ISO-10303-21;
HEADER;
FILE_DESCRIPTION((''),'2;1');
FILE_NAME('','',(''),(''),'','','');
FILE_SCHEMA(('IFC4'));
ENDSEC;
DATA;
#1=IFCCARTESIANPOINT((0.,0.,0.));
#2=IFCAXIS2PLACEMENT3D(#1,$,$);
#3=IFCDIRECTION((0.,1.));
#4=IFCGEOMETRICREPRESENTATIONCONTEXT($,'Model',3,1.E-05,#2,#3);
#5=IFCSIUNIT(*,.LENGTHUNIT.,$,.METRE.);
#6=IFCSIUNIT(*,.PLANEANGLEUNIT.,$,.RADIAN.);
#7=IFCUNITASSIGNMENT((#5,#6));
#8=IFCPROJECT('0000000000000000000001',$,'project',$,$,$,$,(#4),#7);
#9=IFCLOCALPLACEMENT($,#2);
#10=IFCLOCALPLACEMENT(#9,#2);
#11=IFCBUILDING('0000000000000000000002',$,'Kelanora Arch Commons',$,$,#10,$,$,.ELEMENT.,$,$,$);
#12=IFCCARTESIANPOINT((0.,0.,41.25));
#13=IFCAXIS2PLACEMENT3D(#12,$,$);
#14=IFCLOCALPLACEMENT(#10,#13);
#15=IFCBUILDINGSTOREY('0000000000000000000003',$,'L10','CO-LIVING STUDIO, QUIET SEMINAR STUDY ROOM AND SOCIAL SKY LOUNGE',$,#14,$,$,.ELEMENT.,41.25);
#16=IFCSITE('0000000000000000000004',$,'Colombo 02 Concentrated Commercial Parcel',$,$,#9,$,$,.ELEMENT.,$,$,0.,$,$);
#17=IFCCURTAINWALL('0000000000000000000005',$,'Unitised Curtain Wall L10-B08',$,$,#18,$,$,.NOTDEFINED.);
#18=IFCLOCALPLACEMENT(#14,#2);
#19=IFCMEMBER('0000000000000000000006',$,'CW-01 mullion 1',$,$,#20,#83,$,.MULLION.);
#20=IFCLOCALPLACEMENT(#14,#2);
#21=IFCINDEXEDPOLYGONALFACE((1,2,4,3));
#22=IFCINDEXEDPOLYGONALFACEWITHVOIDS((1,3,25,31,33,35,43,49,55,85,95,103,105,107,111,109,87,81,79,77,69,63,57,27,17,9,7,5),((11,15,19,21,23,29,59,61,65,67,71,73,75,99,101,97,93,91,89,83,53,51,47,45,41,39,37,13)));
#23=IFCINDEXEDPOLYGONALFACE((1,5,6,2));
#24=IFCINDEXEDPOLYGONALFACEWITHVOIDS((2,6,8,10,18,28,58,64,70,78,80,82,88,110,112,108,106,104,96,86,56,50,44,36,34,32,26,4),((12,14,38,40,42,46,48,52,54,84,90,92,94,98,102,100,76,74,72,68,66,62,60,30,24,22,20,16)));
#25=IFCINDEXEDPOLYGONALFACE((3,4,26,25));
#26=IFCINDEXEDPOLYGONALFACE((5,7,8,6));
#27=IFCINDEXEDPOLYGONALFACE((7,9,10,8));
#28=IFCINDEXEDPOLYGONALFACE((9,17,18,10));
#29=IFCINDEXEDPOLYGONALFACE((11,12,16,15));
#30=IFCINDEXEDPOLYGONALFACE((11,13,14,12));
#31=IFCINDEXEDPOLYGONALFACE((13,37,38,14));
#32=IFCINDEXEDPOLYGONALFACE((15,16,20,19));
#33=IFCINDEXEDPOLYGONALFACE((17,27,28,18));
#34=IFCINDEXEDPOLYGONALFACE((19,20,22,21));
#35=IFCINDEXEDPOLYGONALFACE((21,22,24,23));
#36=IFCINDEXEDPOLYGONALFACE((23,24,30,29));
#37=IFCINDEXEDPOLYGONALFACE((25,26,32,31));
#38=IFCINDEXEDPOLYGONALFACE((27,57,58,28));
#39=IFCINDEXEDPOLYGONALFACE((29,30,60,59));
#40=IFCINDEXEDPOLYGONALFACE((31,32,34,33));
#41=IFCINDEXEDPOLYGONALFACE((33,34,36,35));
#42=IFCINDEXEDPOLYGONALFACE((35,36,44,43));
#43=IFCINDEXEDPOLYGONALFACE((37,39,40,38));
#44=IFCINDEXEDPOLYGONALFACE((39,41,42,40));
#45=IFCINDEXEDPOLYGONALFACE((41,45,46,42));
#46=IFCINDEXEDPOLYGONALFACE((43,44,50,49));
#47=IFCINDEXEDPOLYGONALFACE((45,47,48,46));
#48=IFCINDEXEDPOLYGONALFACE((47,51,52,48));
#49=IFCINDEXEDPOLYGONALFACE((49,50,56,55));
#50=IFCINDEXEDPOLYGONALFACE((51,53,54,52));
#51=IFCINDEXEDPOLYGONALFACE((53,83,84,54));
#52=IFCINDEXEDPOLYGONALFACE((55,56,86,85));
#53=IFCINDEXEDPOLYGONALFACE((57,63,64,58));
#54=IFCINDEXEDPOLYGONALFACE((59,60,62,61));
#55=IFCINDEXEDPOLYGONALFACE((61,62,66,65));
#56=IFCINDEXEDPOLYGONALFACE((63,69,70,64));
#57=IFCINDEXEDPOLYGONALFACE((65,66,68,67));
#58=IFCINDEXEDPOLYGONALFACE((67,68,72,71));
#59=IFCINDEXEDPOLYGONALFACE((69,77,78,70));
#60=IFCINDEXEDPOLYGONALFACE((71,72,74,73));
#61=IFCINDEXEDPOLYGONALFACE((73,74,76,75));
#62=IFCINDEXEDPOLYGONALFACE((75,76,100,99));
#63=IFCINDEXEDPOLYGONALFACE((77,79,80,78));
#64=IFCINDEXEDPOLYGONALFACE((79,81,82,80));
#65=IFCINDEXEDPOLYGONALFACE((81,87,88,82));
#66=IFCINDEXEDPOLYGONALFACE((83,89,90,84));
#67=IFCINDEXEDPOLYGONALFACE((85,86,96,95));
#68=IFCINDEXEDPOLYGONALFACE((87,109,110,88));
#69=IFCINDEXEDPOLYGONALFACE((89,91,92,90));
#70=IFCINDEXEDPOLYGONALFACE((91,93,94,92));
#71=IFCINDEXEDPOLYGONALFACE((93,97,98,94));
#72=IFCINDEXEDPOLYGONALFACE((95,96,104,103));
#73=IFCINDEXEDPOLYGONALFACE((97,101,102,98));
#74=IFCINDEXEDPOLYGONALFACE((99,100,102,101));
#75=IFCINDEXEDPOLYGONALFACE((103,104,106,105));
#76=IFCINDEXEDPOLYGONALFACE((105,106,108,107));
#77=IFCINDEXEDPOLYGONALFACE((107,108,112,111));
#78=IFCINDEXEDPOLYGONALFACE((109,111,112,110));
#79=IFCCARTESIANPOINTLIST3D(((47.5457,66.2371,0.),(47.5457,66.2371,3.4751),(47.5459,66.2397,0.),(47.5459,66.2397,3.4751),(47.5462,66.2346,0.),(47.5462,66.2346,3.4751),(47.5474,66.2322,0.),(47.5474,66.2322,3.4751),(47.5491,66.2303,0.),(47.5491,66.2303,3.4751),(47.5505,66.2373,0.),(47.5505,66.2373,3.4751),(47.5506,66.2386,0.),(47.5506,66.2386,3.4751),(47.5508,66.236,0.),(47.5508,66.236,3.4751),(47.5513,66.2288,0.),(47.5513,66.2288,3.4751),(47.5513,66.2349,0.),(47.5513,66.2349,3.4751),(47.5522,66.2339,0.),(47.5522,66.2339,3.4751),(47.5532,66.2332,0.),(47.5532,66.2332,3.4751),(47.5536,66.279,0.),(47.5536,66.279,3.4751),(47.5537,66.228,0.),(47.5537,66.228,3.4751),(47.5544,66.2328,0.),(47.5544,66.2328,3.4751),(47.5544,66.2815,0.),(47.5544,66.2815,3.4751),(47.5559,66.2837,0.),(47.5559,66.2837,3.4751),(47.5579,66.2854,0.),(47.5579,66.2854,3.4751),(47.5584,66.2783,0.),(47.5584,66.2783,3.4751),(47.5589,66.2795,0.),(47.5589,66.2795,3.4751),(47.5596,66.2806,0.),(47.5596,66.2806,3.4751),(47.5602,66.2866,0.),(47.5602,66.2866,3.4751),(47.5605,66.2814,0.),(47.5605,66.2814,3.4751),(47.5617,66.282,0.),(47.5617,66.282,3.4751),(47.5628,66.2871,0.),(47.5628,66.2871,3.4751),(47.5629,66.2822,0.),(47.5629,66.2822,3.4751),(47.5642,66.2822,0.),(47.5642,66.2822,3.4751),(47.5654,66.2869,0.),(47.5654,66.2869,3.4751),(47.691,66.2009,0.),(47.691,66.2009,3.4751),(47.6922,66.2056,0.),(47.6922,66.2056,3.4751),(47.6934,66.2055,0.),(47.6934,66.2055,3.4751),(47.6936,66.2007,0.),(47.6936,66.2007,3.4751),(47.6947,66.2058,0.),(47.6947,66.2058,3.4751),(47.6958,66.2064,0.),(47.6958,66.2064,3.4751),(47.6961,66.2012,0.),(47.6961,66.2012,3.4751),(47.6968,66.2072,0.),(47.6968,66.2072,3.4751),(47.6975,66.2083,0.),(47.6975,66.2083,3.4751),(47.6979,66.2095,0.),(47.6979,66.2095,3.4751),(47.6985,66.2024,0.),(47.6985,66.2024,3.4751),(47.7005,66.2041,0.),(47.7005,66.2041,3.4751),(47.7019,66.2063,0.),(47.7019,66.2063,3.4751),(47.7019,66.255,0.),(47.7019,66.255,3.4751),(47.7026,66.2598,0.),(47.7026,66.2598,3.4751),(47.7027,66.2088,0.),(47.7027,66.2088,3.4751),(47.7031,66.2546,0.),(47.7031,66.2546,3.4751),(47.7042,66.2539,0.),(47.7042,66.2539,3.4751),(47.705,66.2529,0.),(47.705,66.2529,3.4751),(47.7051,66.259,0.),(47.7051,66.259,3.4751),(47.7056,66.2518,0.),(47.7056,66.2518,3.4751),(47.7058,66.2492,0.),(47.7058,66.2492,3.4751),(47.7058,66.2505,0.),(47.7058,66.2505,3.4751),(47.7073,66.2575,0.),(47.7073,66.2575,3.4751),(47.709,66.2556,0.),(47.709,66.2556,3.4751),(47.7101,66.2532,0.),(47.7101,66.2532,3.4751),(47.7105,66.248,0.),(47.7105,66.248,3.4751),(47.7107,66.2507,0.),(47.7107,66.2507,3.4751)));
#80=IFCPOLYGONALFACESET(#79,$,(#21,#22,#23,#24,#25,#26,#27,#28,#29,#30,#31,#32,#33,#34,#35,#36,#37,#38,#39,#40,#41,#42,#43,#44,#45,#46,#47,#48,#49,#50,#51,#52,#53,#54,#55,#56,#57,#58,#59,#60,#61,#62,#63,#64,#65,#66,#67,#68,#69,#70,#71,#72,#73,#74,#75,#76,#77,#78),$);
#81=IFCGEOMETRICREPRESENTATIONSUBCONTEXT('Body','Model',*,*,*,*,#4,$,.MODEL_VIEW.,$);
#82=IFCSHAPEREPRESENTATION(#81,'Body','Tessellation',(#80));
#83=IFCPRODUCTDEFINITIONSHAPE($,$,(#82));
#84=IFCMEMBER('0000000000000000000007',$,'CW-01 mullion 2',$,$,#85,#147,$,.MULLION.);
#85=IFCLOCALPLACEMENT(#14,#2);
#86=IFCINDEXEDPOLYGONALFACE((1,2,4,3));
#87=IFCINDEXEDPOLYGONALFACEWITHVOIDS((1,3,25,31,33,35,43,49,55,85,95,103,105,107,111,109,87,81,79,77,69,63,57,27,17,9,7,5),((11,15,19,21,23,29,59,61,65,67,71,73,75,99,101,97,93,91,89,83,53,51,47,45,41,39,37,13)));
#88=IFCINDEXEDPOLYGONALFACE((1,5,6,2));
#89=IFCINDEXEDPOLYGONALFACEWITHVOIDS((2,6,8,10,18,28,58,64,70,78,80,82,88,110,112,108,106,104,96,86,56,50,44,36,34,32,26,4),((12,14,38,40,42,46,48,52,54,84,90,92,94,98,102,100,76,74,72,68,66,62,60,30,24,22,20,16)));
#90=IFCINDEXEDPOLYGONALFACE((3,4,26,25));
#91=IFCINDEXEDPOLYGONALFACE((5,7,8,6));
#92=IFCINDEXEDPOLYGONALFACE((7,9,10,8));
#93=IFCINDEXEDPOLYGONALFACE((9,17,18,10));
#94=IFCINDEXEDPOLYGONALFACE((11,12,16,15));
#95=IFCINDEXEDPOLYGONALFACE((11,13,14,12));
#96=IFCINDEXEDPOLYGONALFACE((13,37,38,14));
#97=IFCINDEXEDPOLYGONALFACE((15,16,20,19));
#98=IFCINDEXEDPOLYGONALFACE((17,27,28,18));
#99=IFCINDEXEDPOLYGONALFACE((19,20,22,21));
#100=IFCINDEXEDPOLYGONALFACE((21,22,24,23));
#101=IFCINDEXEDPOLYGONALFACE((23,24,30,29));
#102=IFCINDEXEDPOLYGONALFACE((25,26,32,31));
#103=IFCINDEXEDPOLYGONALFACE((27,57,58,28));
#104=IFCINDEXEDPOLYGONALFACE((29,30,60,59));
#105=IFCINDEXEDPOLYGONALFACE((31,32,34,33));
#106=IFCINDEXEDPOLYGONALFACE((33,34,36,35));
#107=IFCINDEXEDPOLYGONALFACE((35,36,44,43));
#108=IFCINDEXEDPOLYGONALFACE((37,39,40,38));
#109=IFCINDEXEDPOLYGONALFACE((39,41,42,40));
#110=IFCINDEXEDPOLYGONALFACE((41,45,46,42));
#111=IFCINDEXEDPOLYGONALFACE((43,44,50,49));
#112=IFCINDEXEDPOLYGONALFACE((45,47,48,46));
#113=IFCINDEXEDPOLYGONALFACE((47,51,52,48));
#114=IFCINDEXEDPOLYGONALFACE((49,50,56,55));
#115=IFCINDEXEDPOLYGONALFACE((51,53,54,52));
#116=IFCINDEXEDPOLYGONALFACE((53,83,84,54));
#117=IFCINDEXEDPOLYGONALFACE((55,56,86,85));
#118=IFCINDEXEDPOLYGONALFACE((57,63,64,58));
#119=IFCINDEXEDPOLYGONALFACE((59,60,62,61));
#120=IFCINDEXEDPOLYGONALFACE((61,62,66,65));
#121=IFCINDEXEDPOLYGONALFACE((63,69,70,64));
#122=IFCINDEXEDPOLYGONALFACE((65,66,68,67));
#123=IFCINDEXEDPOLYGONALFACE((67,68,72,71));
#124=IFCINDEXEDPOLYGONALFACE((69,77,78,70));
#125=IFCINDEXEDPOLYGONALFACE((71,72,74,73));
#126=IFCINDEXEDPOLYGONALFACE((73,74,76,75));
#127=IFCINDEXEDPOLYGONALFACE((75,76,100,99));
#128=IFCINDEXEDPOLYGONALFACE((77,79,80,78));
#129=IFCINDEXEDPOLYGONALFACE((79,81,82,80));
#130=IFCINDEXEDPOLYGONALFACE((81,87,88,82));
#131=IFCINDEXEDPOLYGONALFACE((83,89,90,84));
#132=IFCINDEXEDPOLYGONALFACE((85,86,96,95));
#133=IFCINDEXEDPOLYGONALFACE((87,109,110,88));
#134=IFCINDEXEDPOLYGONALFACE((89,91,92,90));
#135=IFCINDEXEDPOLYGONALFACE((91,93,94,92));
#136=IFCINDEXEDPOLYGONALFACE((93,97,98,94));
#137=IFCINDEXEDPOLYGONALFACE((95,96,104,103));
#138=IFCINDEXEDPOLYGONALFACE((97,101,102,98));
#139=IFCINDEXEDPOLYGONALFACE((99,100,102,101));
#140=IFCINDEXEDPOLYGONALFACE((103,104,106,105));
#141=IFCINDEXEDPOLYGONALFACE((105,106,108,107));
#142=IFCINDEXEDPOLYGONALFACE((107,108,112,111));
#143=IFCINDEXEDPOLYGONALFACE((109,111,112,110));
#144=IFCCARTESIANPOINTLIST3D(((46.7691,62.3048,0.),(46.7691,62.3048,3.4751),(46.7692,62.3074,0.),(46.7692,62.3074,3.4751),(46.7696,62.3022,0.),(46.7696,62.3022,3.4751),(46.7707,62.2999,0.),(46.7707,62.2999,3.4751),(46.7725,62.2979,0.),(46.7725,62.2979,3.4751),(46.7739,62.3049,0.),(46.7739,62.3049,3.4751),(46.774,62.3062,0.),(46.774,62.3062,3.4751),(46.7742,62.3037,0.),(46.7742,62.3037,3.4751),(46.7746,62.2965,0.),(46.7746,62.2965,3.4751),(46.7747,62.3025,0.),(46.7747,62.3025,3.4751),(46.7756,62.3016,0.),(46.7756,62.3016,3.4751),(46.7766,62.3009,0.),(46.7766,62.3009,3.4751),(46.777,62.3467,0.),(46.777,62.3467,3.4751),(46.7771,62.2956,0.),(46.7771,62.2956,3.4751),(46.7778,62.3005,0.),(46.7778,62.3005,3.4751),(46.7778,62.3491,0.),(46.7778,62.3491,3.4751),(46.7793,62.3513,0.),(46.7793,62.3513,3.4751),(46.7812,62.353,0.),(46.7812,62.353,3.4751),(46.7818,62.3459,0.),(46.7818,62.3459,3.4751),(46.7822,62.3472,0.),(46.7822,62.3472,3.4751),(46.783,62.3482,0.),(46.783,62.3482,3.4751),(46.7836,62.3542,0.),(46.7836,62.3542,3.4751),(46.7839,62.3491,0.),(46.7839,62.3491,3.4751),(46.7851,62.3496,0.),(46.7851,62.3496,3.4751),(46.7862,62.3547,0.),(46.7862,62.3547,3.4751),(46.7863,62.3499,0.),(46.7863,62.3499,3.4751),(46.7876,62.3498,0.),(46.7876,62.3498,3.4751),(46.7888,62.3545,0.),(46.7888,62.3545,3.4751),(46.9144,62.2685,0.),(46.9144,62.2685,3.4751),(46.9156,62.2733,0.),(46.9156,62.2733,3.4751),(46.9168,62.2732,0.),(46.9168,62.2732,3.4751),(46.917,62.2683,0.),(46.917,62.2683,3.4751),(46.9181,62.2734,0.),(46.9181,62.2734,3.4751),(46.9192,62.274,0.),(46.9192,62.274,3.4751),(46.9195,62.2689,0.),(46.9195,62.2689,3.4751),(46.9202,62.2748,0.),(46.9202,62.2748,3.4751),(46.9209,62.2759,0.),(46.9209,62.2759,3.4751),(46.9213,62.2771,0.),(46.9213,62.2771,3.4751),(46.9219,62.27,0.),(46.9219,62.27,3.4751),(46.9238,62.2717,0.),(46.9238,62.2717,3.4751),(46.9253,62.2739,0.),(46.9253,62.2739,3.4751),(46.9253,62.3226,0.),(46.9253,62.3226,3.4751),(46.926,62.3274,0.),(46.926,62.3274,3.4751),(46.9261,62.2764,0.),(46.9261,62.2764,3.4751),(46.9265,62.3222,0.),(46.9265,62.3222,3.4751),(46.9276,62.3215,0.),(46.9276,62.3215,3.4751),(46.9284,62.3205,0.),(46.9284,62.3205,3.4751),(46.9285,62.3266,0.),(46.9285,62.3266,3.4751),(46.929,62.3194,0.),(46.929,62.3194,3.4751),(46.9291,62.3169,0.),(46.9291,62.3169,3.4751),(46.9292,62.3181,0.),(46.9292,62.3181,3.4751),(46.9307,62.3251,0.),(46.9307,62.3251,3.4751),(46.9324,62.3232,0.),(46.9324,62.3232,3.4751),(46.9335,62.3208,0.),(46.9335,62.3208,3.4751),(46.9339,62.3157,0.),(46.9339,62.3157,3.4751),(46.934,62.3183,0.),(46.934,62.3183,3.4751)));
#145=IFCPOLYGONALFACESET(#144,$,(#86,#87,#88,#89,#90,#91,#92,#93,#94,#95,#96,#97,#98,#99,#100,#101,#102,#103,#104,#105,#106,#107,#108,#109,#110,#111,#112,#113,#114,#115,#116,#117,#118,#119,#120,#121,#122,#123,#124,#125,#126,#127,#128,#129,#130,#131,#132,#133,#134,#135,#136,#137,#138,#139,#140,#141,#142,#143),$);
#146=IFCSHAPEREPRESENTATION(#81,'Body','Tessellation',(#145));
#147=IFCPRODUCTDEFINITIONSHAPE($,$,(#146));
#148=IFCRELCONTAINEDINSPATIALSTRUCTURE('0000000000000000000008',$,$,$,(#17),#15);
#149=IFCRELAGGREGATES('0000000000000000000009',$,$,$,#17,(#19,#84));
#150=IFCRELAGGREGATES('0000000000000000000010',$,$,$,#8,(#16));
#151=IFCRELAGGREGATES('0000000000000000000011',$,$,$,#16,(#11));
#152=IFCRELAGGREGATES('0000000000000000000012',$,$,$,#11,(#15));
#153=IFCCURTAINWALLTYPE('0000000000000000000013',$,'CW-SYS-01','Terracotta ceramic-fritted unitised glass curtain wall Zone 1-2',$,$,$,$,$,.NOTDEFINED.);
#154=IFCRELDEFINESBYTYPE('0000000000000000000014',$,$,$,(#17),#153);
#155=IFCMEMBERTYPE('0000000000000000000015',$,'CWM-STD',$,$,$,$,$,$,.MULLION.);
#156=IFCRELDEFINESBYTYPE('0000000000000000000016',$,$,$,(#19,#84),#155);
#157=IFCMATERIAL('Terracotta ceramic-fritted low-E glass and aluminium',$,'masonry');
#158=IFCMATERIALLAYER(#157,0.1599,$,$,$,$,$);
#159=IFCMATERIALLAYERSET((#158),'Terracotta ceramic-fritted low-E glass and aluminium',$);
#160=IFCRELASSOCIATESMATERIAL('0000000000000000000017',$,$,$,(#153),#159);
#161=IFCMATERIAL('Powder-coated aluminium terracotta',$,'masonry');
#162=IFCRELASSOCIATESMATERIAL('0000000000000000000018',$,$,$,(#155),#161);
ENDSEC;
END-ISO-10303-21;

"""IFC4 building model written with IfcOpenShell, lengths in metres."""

from ifc_helpers import new_model, si_unit, direction, frame, origin, origin_2d, place, context, subcontext, project, spatial, hollow_rectangle, extrude, material, layer, layer_set, material_profile, profile_set, type_object, element, aggregate, save


model = new_model("IFC4")

# Units and contexts
model_context = context("Model", 3, precision=1e-05, world=origin(), true_north=direction((0.0, 1.0)))
body_context = subcontext(model_context, "Body", "Model", "MODEL_VIEW")
ifc_project = project(units=[si_unit("LENGTHUNIT", "METRE"), si_unit("PLANEANGLEUNIT", "RADIAN")], contexts=[model_context])

# Site, building, storey
site_placement = place(None, origin())
site = spatial("IfcSite", under=ifc_project, at=site_placement, Name="Colombo 02 Concentrated Commercial Parcel", CompositionType="ELEMENT", RefElevation=0.0)
building_placement = place(site_placement, origin())
building = spatial("IfcBuilding", under=site, at=building_placement, Name="Kelanora Arch Commons", CompositionType="ELEMENT")
storey_placement = place(building_placement, frame((0.0, 0.0, 41.25)))
storey = spatial("IfcBuildingStorey", under=building, at=storey_placement, Name="L10", Description="CO-LIVING STUDIO, QUIET SEMINAR STUDY ROOM AND SOCIAL SKY LOUNGE", CompositionType="ELEMENT", Elevation=41.25)

# Curtain wall, members
ifc_material_1 = material(Name="Terracotta ceramic-fritted low-E glass and aluminium", Category="masonry")
ifc_layer_1 = layer(ifc_material_1, 0.1599)
ifc_layer_set_1 = layer_set([ifc_layer_1], Name="Terracotta ceramic-fritted low-E glass and aluminium")
curtain_wall_type = type_object("IfcCurtainWallType", Name="CW-SYS-01", Description="Terracotta ceramic-fritted unitised glass curtain wall Zone 1-2", PredefinedType="NOTDEFINED", material=ifc_layer_set_1)
curtain_wall_placement = place(storey_placement, origin())
curtain_wall = element("IfcCurtainWall", 1, at=curtain_wall_placement, inside=storey, type_object=curtain_wall_type, Name="Unitised Curtain Wall L10-B08", PredefinedType="NOTDEFINED")
ifc_material_2 = material(Name="Powder-coated aluminium terracotta", Category="masonry")
ifc_material_profile_1 = material_profile(ifc_material_2, hollow_rectangle(XDim=0.1599, YDim=0.0601, WallThickness=0.0049, InnerFilletRadius=0.0049, OuterFilletRadius=0.01, at=origin_2d()), Name="CWM160x60")
ifc_profile_set_1 = profile_set([ifc_material_profile_1], Name="Powder-coated aluminium terracotta")
member_type_1 = type_object("IfcMemberType", Name="CWM-STD", PredefinedType="MULLION", material=ifc_profile_set_1)
member_1_placement = place(storey_placement, frame((47.6282, 66.2439, 0.0), z_axis=(0.0, 0.0, 1.0), x_axis=(0.981052, -0.193744, 0.0)))
member_1 = element("IfcMember", 2, at=member_1_placement, type_object=member_type_1, Name="CW-01 mullion 1", PredefinedType="MULLION", context=body_context, shape_type="SweptSolid", body=[
    extrude(hollow_rectangle(XDim=0.1599, YDim=0.0601, WallThickness=0.0049, InnerFilletRadius=0.0049, OuterFilletRadius=0.01, at=origin_2d()), origin(), (0.0, 0.0, 1.0), 3.4751),
])
member_2_placement = place(storey_placement, frame((46.8516, 62.3115, 0.0), z_axis=(0.0, 0.0, 1.0), x_axis=(0.981052, -0.193744, 0.0)))
member_2 = element("IfcMember", 3, at=member_2_placement, type_object=member_type_1, Name="CW-01 mullion 2", PredefinedType="MULLION", context=body_context, shape_type="SweptSolid", body=[
    extrude(hollow_rectangle(XDim=0.1599, YDim=0.0601, WallThickness=0.0049, InnerFilletRadius=0.0049, OuterFilletRadius=0.01, at=origin_2d()), origin(), (0.0, 0.0, 1.0), 3.4751),
])
aggregate(curtain_wall, [member_1, member_2])

save(model, "model.ifc")
